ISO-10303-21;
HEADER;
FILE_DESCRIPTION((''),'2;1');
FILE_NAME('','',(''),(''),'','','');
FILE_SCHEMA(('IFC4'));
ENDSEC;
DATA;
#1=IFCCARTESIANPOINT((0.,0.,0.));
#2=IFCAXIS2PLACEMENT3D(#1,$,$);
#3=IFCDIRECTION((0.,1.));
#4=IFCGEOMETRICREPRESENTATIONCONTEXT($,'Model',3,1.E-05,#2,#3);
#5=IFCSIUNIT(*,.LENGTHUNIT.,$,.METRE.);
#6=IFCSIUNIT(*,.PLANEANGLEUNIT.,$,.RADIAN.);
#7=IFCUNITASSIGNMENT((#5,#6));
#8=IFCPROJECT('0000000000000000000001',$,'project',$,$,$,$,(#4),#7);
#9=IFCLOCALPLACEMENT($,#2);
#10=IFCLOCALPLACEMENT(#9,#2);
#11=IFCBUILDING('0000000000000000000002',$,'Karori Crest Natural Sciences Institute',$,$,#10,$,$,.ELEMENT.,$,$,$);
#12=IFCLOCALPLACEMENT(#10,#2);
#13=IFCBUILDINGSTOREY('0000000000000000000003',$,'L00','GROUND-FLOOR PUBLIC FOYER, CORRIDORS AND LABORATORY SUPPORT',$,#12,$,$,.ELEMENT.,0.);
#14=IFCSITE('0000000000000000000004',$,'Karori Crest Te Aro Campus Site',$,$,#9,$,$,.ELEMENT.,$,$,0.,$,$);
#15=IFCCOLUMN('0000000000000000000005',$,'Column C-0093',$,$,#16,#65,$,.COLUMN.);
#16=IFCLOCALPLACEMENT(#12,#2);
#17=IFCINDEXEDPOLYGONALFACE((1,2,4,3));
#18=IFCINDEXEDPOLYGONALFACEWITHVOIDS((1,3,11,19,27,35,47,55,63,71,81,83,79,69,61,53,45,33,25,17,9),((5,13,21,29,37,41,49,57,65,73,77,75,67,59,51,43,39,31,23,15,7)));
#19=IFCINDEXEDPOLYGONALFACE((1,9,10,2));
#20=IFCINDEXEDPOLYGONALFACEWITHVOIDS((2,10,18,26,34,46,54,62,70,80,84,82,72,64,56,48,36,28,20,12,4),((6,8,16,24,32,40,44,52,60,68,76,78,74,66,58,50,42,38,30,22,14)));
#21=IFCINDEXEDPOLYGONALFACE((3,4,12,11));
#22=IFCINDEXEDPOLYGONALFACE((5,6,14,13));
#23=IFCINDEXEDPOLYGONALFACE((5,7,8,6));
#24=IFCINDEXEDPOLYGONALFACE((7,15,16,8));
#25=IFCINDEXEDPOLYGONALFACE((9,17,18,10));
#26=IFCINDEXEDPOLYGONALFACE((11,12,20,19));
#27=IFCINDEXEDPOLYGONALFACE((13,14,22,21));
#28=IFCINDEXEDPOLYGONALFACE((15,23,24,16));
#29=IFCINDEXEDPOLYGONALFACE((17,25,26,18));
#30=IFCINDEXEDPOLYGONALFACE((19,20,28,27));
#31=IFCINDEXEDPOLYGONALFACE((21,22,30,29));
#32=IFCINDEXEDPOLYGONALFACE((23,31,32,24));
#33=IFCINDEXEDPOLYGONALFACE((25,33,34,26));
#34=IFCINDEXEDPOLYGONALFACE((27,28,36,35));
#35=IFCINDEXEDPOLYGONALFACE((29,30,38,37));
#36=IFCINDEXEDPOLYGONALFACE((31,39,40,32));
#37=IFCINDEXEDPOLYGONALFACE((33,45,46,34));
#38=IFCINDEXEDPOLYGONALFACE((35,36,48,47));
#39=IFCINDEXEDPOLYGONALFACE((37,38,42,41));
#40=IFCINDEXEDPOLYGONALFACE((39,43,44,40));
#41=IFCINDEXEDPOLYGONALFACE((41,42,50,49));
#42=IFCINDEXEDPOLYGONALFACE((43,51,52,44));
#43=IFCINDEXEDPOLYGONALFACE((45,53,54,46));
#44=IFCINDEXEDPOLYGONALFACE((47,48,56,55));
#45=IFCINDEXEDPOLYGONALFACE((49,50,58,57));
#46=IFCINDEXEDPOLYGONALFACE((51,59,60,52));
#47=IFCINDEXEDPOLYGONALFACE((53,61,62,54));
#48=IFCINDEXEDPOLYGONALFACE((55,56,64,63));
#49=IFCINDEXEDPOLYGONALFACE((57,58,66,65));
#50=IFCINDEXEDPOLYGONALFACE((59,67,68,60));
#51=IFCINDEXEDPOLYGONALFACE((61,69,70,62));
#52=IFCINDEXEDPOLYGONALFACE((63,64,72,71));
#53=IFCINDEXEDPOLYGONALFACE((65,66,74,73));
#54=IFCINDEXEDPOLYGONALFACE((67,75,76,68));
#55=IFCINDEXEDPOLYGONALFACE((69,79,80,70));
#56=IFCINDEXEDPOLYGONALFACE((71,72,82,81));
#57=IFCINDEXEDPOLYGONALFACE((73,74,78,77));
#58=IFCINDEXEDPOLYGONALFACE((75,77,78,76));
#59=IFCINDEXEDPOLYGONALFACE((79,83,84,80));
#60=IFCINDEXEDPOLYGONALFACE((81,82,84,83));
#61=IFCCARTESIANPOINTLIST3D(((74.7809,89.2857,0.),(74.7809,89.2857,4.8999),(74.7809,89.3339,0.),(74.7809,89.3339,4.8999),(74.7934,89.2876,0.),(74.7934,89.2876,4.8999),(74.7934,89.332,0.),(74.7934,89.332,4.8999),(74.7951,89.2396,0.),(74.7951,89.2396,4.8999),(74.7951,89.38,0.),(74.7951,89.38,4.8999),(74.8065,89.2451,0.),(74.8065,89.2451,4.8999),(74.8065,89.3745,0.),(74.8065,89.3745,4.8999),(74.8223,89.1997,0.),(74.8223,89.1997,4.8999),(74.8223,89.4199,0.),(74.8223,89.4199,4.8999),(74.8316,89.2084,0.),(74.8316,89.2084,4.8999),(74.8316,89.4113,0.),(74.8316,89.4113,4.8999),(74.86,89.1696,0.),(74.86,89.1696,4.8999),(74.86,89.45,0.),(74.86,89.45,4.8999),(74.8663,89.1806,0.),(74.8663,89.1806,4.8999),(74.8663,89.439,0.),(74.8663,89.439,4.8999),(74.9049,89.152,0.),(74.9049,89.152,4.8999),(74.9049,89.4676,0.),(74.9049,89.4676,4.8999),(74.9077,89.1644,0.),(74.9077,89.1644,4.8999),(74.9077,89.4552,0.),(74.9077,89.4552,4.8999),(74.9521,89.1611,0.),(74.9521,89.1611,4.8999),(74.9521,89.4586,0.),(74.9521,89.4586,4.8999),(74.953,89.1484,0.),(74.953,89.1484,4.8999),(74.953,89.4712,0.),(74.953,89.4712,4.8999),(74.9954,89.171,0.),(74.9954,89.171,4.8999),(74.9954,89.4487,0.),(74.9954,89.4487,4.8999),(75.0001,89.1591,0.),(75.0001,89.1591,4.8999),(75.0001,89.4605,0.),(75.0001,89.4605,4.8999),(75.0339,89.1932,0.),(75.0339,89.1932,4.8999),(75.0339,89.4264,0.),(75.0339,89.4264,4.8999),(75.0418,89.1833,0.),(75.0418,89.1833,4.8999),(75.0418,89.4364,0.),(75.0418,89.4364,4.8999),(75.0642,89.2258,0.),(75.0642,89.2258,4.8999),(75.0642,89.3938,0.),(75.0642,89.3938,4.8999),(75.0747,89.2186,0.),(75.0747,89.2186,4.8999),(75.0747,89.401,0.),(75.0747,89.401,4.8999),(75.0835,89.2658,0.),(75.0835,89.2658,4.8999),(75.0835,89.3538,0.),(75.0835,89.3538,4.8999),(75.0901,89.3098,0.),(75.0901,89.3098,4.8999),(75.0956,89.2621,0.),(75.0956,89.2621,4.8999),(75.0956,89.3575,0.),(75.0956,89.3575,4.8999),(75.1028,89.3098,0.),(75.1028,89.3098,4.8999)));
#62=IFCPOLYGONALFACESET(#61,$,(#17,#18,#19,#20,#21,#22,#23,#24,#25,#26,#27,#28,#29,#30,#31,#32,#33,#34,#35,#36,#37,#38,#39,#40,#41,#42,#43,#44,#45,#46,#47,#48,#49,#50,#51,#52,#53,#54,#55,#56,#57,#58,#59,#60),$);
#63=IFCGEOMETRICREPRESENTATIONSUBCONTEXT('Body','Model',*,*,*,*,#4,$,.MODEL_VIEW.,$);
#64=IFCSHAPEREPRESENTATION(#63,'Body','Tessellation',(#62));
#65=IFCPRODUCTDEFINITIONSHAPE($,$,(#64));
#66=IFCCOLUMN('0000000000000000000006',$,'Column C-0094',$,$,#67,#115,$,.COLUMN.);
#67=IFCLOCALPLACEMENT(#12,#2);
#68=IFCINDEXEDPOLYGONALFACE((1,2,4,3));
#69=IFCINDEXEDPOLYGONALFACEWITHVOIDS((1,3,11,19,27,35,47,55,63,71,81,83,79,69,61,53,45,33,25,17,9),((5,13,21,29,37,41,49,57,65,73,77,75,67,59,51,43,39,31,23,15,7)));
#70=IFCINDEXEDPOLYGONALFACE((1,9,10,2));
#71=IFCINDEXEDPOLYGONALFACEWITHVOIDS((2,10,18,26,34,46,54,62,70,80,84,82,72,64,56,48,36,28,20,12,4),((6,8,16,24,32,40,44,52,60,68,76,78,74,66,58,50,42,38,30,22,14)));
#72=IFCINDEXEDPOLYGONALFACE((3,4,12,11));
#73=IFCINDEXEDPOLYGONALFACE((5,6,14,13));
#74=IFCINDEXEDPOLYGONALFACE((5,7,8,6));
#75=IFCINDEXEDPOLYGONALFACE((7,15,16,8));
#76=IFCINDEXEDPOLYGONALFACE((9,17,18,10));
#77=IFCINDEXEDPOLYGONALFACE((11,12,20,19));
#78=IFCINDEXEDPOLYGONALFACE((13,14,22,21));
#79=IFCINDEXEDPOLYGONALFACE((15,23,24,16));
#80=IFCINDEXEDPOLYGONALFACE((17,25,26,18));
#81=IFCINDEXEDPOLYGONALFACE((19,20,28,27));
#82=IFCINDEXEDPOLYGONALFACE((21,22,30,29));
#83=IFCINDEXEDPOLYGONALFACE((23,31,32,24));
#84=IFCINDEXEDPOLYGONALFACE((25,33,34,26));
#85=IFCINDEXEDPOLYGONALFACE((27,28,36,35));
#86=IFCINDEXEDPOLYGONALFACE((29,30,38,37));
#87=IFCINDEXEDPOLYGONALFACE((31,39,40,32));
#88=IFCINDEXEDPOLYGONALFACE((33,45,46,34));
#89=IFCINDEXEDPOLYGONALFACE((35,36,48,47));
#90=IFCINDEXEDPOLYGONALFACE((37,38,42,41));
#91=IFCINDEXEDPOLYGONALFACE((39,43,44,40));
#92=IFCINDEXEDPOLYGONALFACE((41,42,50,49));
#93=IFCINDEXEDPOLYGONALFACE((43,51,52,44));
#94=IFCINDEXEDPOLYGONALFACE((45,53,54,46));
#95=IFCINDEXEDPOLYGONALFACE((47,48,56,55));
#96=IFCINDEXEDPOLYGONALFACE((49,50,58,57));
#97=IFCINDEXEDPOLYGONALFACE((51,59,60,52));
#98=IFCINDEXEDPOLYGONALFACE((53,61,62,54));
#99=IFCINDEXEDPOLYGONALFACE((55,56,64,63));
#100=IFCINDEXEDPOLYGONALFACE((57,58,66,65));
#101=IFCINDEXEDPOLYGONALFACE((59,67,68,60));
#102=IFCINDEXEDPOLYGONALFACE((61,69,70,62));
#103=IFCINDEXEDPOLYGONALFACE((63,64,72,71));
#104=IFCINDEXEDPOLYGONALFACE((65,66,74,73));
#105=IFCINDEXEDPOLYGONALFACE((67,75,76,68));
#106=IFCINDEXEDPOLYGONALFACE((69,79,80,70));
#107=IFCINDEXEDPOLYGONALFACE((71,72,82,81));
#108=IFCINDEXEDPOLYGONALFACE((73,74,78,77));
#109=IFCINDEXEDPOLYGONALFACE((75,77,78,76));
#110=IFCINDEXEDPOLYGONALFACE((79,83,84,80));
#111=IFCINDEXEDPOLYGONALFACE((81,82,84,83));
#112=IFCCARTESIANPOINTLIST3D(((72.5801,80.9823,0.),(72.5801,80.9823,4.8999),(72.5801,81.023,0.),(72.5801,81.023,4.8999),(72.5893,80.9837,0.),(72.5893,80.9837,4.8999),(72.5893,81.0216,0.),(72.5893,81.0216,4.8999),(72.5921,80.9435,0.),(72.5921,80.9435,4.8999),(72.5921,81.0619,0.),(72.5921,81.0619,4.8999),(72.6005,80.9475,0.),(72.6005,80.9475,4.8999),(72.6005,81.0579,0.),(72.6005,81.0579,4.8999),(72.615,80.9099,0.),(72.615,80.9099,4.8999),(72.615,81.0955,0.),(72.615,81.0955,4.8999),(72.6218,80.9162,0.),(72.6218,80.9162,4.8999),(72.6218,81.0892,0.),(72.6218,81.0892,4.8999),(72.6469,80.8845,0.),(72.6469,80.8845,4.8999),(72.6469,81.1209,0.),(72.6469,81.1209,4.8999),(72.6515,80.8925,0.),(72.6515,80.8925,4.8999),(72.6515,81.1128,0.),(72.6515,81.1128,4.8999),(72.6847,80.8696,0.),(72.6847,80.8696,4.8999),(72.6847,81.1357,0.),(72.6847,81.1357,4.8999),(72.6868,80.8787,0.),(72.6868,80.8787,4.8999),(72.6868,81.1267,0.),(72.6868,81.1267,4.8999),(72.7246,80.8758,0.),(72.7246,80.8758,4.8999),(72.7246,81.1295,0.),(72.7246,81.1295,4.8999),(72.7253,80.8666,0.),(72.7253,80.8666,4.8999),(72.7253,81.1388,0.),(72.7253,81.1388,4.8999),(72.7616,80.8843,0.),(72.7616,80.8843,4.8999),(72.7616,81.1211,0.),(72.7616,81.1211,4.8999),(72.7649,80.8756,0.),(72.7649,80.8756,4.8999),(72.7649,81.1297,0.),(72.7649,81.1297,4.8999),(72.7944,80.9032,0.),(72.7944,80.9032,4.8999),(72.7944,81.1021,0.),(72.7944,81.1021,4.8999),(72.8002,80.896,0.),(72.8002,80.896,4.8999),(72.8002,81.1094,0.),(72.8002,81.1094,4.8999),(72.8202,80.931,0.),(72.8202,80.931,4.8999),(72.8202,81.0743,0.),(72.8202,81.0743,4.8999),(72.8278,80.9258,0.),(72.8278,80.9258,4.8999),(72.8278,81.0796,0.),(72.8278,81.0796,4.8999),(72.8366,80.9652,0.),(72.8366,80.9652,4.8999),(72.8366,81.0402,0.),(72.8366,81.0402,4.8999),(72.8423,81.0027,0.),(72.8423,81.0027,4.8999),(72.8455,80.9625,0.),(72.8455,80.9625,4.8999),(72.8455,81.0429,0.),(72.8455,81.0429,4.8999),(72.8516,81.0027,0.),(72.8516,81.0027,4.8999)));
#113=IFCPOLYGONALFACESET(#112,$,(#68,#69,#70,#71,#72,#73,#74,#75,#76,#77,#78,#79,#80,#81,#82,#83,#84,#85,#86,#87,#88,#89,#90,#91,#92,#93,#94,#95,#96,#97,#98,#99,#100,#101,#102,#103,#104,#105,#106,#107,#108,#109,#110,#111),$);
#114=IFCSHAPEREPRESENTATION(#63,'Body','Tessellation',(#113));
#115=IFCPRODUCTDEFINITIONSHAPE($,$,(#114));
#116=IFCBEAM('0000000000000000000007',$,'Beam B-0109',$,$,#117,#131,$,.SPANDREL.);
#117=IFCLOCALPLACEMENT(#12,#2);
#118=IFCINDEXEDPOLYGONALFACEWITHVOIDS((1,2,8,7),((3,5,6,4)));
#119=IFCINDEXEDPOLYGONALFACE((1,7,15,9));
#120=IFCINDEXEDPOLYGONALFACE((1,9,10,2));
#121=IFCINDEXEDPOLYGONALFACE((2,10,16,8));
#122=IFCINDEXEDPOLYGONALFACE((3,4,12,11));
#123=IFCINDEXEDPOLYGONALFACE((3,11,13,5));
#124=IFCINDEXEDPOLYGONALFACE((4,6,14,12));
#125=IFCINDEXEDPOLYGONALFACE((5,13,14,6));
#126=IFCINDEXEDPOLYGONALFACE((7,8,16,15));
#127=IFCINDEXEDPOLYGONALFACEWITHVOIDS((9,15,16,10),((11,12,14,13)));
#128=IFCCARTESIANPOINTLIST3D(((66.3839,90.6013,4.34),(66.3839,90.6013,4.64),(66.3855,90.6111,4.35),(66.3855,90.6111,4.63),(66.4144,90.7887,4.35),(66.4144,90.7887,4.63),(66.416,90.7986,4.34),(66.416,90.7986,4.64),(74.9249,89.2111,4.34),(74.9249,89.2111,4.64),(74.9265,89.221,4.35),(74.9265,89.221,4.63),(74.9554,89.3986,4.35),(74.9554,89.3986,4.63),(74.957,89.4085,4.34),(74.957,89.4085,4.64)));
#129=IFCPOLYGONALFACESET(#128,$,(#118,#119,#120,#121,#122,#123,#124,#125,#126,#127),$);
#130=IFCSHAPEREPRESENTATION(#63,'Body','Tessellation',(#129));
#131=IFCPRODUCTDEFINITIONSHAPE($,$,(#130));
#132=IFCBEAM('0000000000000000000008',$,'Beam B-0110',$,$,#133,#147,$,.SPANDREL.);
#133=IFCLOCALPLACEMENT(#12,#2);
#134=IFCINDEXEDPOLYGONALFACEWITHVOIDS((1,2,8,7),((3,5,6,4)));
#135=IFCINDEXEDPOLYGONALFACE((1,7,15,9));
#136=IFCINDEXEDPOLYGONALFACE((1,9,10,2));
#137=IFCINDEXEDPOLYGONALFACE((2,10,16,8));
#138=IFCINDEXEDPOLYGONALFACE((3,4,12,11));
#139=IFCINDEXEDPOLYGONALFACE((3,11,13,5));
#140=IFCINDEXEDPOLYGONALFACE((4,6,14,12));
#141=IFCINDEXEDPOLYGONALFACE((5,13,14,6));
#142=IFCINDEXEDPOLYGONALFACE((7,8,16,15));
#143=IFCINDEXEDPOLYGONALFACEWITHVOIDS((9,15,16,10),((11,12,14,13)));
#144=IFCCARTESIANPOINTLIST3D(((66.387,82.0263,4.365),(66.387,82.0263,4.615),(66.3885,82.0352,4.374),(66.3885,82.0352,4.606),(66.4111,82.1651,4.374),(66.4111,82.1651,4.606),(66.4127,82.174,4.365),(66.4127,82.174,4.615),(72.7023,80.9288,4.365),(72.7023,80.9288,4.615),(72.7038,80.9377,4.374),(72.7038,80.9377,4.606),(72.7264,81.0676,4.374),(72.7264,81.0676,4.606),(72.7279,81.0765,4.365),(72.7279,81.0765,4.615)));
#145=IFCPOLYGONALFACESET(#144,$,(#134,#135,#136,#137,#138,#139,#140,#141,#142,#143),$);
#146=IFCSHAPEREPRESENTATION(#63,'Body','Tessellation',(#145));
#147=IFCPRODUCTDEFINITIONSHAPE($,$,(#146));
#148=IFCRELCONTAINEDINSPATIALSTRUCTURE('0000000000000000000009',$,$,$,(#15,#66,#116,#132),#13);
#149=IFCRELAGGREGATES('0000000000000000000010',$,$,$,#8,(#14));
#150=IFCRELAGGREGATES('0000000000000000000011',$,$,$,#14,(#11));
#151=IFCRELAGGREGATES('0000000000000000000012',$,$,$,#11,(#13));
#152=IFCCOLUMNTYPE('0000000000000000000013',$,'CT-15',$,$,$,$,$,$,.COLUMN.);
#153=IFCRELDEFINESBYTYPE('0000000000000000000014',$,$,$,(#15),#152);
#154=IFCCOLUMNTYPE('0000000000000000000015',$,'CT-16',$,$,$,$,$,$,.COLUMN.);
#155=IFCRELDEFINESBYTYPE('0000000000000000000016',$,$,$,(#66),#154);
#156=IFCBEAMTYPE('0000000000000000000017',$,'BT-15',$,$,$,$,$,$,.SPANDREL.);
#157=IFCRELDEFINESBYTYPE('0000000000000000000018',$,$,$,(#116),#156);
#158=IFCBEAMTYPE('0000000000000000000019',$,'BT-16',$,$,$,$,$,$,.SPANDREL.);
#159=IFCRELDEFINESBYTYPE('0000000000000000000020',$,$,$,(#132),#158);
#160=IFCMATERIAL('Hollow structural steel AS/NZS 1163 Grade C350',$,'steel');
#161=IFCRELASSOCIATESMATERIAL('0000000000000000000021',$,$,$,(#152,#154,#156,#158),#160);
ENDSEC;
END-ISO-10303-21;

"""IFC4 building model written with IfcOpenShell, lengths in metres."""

from ifc_helpers import new_model, si_unit, direction, frame, origin, origin_2d, place, context, subcontext, project, spatial, hollow_rectangle, hollow_circle, extrude, material, material_profile, profile_set, type_object, element, save


model = new_model("IFC4")

# Units and contexts
model_context = context("Model", 3, precision=1e-05, world=origin(), true_north=direction((0.0, 1.0)))
body_context = subcontext(model_context, "Body", "Model", "MODEL_VIEW")
ifc_project = project(units=[si_unit("LENGTHUNIT", "METRE"), si_unit("PLANEANGLEUNIT", "RADIAN")], contexts=[model_context])

# Site, building, storey
site_placement = place(None, origin())
site = spatial("IfcSite", under=ifc_project, at=site_placement, Name="Karori Crest Te Aro Campus Site", CompositionType="ELEMENT", RefElevation=0.0)
building_placement = place(site_placement, origin())
building = spatial("IfcBuilding", under=site, at=building_placement, Name="Karori Crest Natural Sciences Institute", CompositionType="ELEMENT")
storey_placement = place(building_placement, origin())
storey = spatial("IfcBuildingStorey", under=building, at=storey_placement, Name="L00", Description="GROUND-FLOOR PUBLIC FOYER, CORRIDORS AND LABORATORY SUPPORT", CompositionType="ELEMENT", Elevation=0.0)

# Columns
ifc_material_1 = material(Name="Hollow structural steel AS/NZS 1163 Grade C350", Category="steel")
ifc_material_profile_1 = material_profile(ifc_material_1, hollow_circle(Radius=0.1619, WallThickness=0.0127, at=origin_2d()), Name="CHS323.9x12.7")
ifc_profile_set_1 = profile_set([ifc_material_profile_1], Name="Hollow structural steel AS/NZS 1163 Grade C350")
column_type_1 = type_object("IfcColumnType", Name="CT-15", PredefinedType="COLUMN", material=ifc_profile_set_1)
column_1_placement = place(storey_placement, frame((74.9409, 89.3098, 0.0), z_axis=(0.0, 0.0, 1.0), x_axis=(1.0, 0.0, 0.0)))
element("IfcColumn", 1, at=column_1_placement, inside=storey, type_object=column_type_1, Name="Column C-0093", PredefinedType="COLUMN", context=body_context, shape_type="SweptSolid", body=[
    extrude(hollow_circle(Radius=0.1619, WallThickness=0.0127, at=origin_2d()), origin(), (0.0, 0.0, 1.0), 4.8999),
])
ifc_material_profile_2 = material_profile(ifc_material_1, hollow_circle(Radius=0.1365, WallThickness=0.0093, at=origin_2d()), Name="CHS273.0x9.3")
ifc_profile_set_2 = profile_set([ifc_material_profile_2], Name="Hollow structural steel AS/NZS 1163 Grade C350")
column_type_2 = type_object("IfcColumnType", Name="CT-16", PredefinedType="COLUMN", material=ifc_profile_set_2)
column_2_placement = place(storey_placement, frame((72.7151, 81.0027, 0.0), z_axis=(0.0, 0.0, 1.0), x_axis=(1.0, 0.0, 0.0)))
element("IfcColumn", 2, at=column_2_placement, inside=storey, type_object=column_type_2, Name="Column C-0094", PredefinedType="COLUMN", context=body_context, shape_type="SweptSolid", body=[
    extrude(hollow_circle(Radius=0.1365, WallThickness=0.0093, at=origin_2d()), origin(), (0.0, 0.0, 1.0), 4.8999),
])

# Beams
ifc_material_profile_3 = material_profile(ifc_material_1, hollow_rectangle(XDim=0.2, YDim=0.3, WallThickness=0.01, at=origin_2d()), Name="RHS300x200x10")
ifc_profile_set_3 = profile_set([ifc_material_profile_3], Name="Hollow structural steel AS/NZS 1163 Grade C350")
beam_type_1 = type_object("IfcBeamType", Name="BT-15", PredefinedType="SPANDREL", material=ifc_profile_set_3)
beam_1_placement = place(storey_placement, frame((74.9409, 89.3098, 4.49), z_axis=(-0.987012, 0.160646, 0.0), x_axis=(-0.160646, -0.987012, 0.0)))
element("IfcBeam", 3, at=beam_1_placement, inside=storey, type_object=beam_type_1, Name="Beam B-0109", PredefinedType="SPANDREL", context=body_context, shape_type="SweptSolid", body=[
    extrude(hollow_rectangle(XDim=0.2, YDim=0.3, WallThickness=0.01, at=origin_2d()), origin(), (0.0, 0.0, 1.0), 8.6533),
])
ifc_material_profile_4 = material_profile(ifc_material_1, hollow_rectangle(XDim=0.1499, YDim=0.25, WallThickness=0.009, at=origin_2d()), Name="RHS250x150x9")
ifc_profile_set_4 = profile_set([ifc_material_profile_4], Name="Hollow structural steel AS/NZS 1163 Grade C350")
beam_type_2 = type_object("IfcBeamType", Name="BT-16", PredefinedType="SPANDREL", material=ifc_profile_set_4)
beam_2_placement = place(storey_placement, frame((72.7151, 81.0027, 4.49), z_axis=(-0.985235, 0.171208, 0.0), x_axis=(-0.171208, -0.985235, 0.0)))
element("IfcBeam", 4, at=beam_2_placement, inside=storey, type_object=beam_type_2, Name="Beam B-0110", PredefinedType="SPANDREL", context=body_context, shape_type="SweptSolid", body=[
    extrude(hollow_rectangle(XDim=0.1499, YDim=0.25, WallThickness=0.009, at=origin_2d()), origin(), (0.0, 0.0, 1.0), 6.4099),
])

save(model, "model.ifc")
